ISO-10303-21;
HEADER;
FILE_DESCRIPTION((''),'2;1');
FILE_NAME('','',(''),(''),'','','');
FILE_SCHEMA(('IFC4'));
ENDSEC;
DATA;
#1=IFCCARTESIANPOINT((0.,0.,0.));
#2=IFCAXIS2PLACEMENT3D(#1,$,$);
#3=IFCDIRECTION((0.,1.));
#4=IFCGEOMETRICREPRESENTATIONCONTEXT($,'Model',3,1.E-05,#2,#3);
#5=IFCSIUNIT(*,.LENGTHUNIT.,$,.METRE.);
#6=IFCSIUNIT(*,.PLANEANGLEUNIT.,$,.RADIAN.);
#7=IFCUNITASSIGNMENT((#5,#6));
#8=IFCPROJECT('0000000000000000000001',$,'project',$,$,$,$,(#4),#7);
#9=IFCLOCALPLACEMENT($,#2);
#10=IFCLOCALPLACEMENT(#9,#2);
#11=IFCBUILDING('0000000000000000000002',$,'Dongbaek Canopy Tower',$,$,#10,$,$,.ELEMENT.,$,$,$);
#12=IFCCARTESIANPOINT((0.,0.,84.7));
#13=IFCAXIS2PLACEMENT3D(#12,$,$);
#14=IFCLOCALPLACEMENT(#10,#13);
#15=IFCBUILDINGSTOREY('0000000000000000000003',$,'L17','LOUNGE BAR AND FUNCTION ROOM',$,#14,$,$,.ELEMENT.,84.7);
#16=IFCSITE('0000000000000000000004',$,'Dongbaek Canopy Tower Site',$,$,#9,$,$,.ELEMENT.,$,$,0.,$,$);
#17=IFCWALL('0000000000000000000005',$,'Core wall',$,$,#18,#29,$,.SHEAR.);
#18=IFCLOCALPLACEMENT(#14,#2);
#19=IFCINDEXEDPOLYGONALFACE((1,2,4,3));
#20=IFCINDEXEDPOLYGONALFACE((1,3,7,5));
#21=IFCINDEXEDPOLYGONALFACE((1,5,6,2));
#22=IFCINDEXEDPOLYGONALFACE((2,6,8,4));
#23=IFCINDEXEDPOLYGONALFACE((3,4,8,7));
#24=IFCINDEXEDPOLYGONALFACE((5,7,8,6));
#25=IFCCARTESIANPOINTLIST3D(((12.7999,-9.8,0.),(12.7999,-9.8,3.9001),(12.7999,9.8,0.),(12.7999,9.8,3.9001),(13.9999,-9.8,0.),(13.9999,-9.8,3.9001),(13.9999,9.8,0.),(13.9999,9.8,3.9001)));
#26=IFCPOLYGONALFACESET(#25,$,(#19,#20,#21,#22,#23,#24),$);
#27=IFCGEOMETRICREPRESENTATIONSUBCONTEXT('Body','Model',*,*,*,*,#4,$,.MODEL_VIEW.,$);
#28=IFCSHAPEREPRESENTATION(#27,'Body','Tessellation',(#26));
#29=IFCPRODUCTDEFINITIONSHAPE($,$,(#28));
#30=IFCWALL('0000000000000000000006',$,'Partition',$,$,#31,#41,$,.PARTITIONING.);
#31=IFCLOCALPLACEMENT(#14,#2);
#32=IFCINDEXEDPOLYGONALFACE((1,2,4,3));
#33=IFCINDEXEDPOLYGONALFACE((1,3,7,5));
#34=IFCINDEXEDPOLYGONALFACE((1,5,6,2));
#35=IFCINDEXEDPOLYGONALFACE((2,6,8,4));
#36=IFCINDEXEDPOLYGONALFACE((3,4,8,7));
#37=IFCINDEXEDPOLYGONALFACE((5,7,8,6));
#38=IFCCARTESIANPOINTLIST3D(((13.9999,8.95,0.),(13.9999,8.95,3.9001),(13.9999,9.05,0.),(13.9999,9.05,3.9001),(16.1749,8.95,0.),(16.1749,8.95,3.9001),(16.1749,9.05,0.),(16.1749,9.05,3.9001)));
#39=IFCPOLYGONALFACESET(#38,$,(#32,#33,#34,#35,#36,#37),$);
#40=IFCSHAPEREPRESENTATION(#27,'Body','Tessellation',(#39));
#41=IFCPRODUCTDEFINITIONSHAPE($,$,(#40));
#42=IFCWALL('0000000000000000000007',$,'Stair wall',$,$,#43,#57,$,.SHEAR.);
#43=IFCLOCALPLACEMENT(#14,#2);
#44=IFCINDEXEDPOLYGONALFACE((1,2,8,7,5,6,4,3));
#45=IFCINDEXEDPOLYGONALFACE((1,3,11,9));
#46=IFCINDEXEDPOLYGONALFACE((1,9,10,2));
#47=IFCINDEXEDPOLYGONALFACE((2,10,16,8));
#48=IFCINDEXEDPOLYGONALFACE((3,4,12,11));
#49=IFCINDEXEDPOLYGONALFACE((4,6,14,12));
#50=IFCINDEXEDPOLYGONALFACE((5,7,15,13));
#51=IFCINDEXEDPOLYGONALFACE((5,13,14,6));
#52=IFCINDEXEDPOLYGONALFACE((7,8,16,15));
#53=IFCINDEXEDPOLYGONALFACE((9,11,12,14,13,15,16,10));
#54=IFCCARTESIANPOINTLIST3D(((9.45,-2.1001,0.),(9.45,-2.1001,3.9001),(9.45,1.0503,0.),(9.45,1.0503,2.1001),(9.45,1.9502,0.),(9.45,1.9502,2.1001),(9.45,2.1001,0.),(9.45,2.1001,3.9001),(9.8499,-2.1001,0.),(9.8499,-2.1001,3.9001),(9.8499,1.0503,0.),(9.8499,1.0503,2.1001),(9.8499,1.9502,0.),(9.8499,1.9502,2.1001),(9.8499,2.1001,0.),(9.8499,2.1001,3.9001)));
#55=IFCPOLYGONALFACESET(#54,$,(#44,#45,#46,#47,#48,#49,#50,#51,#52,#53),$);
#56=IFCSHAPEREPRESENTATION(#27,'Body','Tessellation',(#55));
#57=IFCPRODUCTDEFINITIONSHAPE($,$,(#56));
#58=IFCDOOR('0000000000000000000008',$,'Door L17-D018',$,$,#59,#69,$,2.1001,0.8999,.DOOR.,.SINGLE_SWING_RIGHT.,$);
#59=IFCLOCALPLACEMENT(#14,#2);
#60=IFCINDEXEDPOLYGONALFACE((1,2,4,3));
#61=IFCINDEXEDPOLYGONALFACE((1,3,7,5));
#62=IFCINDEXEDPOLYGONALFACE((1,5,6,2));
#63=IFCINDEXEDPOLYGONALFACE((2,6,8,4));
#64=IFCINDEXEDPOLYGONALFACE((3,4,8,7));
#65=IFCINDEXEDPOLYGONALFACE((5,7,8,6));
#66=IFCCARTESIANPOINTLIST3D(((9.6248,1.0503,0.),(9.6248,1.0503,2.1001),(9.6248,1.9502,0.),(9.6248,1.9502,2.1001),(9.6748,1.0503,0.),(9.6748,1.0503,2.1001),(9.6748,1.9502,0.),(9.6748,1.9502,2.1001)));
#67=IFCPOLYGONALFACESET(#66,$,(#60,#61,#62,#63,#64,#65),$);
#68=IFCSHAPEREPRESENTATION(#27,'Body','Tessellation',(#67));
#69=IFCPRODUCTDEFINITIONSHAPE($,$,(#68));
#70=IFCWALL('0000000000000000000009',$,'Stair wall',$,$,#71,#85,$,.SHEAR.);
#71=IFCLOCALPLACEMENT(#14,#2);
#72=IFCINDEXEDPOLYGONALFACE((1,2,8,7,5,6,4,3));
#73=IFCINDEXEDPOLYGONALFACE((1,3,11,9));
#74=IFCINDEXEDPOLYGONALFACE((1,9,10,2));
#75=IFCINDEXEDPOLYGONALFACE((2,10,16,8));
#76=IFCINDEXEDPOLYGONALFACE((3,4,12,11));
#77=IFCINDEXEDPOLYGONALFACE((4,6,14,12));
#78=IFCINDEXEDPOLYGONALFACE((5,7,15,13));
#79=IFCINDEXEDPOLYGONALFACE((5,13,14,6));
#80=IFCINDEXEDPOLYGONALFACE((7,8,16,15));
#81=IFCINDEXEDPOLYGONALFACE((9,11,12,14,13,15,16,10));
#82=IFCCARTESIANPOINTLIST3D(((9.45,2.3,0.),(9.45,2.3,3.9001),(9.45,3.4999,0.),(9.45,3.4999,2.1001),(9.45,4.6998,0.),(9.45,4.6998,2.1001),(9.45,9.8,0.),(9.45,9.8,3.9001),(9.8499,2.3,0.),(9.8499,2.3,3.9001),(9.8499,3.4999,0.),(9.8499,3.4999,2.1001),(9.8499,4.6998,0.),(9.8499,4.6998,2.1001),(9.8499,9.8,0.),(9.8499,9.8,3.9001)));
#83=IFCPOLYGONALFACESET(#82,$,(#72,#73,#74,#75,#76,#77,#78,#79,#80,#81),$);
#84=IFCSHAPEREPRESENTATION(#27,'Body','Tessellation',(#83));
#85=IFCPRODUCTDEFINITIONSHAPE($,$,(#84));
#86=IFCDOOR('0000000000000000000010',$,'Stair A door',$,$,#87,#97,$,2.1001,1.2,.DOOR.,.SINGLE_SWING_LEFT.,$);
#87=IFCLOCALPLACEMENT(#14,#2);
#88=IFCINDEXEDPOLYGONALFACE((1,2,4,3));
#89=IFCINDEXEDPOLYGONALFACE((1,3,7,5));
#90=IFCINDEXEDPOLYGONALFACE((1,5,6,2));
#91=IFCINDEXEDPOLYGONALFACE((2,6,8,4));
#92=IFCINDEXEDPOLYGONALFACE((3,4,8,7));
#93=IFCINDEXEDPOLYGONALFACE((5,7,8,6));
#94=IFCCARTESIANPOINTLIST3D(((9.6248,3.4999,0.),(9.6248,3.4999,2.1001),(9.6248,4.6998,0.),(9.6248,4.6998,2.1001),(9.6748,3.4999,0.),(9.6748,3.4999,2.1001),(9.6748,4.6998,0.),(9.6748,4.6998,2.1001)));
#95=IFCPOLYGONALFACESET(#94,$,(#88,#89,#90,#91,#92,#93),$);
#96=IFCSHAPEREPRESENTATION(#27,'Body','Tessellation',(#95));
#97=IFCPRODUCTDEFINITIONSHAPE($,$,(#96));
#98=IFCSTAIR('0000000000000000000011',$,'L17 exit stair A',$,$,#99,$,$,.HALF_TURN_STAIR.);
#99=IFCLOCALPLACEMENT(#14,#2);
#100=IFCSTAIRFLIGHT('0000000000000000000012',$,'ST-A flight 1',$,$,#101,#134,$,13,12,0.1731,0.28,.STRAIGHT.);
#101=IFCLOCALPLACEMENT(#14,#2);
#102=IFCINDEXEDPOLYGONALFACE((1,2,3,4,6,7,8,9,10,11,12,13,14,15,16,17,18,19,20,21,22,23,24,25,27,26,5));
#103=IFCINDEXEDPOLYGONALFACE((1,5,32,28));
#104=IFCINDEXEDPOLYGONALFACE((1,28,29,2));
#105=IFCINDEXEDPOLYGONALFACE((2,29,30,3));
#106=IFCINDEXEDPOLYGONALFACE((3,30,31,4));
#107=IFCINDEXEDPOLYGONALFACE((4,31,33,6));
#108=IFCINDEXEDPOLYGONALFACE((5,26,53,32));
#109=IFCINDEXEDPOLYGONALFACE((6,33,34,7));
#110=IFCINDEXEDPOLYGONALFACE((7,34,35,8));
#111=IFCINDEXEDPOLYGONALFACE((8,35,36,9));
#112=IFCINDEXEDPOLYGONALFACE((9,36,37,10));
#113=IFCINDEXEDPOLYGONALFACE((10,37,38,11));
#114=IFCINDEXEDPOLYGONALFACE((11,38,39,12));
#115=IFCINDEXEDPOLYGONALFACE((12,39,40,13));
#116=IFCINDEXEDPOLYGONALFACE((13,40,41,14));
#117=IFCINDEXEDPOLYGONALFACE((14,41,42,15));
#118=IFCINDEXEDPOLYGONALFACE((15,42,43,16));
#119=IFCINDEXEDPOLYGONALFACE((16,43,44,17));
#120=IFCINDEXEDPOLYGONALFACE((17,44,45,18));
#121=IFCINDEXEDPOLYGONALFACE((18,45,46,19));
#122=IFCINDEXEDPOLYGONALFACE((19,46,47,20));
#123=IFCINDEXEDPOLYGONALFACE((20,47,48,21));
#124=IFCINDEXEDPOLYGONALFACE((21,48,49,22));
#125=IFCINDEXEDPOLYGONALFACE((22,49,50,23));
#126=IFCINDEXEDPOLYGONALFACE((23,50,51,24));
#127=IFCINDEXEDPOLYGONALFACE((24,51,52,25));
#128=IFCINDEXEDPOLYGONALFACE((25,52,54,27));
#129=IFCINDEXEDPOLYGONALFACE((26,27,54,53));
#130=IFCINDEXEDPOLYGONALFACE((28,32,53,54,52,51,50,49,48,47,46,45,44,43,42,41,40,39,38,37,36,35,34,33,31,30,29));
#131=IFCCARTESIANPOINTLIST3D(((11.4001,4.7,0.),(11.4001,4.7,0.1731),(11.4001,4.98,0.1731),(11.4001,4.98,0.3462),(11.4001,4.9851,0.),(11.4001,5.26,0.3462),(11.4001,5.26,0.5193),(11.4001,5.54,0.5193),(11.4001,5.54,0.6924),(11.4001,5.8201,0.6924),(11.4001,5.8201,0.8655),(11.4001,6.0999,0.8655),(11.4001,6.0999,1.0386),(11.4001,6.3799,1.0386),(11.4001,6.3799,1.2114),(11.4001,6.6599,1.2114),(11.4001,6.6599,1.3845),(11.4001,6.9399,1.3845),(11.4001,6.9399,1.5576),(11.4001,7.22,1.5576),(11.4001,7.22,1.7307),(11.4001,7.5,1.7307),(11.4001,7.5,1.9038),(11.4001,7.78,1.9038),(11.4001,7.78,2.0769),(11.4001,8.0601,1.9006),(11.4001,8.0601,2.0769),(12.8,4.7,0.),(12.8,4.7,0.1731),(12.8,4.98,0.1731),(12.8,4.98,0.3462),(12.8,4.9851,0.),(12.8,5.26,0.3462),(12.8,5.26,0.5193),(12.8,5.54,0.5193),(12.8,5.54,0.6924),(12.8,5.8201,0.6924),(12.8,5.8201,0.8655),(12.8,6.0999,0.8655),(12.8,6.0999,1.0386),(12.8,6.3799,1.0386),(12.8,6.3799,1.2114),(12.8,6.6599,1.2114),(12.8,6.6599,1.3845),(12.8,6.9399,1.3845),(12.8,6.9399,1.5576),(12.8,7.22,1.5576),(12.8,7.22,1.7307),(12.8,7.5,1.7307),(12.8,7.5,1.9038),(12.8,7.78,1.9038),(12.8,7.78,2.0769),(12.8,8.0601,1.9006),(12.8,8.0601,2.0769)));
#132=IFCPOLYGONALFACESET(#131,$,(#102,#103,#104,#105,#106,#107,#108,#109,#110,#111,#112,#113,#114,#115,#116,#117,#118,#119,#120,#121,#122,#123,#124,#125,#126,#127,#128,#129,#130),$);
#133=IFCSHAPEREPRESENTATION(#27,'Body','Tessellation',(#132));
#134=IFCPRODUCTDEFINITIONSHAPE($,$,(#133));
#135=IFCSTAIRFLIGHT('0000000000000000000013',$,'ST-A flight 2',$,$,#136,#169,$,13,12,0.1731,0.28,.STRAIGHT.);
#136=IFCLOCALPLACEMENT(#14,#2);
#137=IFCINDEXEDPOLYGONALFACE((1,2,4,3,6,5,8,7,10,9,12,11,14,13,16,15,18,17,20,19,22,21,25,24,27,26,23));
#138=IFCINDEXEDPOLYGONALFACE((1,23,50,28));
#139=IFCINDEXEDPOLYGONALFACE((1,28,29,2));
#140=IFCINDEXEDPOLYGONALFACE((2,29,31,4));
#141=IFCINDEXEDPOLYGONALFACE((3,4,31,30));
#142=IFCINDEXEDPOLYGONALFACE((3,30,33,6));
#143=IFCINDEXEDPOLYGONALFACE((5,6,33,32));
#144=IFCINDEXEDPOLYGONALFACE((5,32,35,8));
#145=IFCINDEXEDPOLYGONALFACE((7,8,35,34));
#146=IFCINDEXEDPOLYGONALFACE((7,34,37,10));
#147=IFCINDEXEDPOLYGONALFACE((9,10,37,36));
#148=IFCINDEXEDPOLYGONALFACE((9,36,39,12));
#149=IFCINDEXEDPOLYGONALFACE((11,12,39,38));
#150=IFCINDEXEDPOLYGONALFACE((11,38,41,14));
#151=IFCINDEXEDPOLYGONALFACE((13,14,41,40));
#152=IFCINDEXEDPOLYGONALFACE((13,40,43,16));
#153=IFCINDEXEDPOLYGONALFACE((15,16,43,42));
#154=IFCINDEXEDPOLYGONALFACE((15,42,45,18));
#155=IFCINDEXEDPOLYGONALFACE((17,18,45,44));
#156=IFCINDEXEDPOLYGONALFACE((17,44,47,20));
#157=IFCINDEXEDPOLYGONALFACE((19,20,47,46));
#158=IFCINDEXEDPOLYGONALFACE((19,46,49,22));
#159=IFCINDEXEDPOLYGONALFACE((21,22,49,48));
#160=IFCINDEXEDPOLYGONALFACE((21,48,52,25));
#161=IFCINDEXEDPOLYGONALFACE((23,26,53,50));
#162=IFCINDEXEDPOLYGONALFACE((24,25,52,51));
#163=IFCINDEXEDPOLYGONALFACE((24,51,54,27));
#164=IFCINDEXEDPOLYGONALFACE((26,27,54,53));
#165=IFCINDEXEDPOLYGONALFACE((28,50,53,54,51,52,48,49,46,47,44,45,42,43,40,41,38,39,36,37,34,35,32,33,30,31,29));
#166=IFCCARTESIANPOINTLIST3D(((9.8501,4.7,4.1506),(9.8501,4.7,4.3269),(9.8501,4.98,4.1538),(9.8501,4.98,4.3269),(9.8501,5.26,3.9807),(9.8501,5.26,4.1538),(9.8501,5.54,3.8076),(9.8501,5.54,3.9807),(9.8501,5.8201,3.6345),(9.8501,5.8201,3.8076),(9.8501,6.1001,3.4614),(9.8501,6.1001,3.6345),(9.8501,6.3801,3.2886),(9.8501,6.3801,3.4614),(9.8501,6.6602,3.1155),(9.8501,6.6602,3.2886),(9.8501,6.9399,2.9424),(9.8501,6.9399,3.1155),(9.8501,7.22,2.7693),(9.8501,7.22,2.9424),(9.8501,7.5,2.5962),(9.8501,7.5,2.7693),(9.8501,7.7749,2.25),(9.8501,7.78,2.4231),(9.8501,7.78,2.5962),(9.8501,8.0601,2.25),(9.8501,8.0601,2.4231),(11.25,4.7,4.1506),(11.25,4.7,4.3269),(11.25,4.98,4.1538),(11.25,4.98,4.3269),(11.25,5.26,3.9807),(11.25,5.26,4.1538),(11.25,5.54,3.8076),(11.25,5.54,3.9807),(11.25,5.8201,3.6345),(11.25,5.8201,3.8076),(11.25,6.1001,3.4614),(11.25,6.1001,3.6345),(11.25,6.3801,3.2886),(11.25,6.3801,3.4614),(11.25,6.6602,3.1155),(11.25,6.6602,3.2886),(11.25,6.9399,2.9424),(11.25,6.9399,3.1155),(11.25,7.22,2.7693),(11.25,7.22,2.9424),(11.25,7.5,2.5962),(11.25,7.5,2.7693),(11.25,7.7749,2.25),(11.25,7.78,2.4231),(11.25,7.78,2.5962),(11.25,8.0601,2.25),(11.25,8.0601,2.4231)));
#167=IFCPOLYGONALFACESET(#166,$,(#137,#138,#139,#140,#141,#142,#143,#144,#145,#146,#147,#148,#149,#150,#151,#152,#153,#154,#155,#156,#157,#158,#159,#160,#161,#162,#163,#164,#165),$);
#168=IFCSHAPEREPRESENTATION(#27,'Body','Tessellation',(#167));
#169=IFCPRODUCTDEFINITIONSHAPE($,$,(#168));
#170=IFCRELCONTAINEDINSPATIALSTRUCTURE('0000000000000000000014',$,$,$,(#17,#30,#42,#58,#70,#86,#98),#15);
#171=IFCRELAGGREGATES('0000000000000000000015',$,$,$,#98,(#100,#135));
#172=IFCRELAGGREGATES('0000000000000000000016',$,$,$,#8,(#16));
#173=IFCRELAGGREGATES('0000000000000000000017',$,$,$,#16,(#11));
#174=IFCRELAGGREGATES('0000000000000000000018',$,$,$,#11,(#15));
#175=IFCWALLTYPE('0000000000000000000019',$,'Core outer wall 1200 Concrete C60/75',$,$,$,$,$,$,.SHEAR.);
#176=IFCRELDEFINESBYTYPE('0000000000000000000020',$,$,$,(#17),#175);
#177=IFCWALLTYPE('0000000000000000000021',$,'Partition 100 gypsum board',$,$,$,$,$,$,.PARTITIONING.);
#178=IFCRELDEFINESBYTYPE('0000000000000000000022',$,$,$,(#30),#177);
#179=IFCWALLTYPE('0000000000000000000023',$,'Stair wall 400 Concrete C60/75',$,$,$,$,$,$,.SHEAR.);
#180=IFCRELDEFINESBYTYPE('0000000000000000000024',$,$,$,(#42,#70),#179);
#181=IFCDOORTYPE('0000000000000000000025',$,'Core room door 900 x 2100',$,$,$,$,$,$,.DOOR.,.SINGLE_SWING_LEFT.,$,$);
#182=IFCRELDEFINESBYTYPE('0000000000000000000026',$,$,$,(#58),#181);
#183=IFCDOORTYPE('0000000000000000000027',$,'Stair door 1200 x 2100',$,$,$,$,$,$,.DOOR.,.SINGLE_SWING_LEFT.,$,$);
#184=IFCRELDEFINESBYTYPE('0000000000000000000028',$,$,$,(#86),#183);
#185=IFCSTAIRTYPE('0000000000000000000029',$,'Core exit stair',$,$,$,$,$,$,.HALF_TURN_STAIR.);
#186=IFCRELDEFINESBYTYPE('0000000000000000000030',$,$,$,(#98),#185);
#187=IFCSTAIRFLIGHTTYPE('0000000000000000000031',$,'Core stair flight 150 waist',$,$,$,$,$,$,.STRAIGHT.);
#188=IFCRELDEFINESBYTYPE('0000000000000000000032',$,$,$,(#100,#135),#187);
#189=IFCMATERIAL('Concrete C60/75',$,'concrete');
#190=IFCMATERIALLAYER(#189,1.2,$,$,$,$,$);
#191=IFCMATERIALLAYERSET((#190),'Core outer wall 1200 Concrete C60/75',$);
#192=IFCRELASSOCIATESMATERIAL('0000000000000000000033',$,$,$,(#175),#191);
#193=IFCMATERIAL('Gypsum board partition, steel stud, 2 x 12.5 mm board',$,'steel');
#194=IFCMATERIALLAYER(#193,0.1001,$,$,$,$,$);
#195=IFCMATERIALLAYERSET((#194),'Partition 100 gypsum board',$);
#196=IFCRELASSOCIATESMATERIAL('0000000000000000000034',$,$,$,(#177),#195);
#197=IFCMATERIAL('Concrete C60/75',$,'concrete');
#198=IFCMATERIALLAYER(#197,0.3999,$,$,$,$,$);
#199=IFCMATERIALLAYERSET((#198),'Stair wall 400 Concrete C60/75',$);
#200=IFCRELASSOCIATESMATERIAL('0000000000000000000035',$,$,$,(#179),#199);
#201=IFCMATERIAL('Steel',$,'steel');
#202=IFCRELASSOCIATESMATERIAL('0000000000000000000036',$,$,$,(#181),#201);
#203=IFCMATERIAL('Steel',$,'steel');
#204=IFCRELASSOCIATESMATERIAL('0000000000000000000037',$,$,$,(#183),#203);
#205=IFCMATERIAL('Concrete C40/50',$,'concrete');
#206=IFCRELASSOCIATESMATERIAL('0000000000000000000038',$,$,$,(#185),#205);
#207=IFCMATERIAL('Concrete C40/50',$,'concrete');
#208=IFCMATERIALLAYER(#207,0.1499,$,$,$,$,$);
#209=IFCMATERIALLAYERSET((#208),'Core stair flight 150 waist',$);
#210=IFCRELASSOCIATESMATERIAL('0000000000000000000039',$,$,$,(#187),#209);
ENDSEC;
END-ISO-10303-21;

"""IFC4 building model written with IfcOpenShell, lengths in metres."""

from ifc_helpers import new_model, si_unit, direction, frame, frame_2d, origin, place, context, subcontext, project, spatial, polyline, rectangle, outline, extrude, material, layer, layer_set, type_object, element, fill, aggregate, save


model = new_model("IFC4")

# Units and contexts
model_context = context("Model", 3, precision=1e-05, world=origin(), true_north=direction((0.0, 1.0)))
body_context = subcontext(model_context, "Body", "Model", "MODEL_VIEW")
ifc_project = project(units=[si_unit("LENGTHUNIT", "METRE"), si_unit("PLANEANGLEUNIT", "RADIAN")], contexts=[model_context])

# Site, building, storey
site_placement = place(None, origin())
site = spatial("IfcSite", under=ifc_project, at=site_placement, Name="Dongbaek Canopy Tower Site", CompositionType="ELEMENT", RefElevation=0.0)
building_placement = place(site_placement, origin())
building = spatial("IfcBuilding", under=site, at=building_placement, Name="Dongbaek Canopy Tower", CompositionType="ELEMENT")
storey_placement = place(building_placement, frame((0.0, 0.0, 84.7)))
storey = spatial("IfcBuildingStorey", under=building, at=storey_placement, Name="L17", Description="LOUNGE BAR AND FUNCTION ROOM", CompositionType="ELEMENT", Elevation=84.7)

# Walls
ifc_material_1 = material(Name="Concrete C60/75", Category="concrete")
ifc_layer_1 = layer(ifc_material_1, 1.2)
ifc_layer_set_1 = layer_set([ifc_layer_1], Name="Core outer wall 1200 Concrete C60/75")
wall_type_1 = type_object("IfcWallType", Name="Core outer wall 1200 Concrete C60/75", PredefinedType="SHEAR", material=ifc_layer_set_1)
wall_1_placement = place(storey_placement, frame((13.3999, 9.8, 0.0), z_axis=(0.0, 0.0, 1.0), x_axis=(0.0, -1.0, 0.0)))
element("IfcWall", 1, at=wall_1_placement, inside=storey, type_object=wall_type_1, Name="Core wall", PredefinedType="SHEAR", context=body_context, shape_type="SweptSolid", body=[
    extrude(rectangle(XDim=19.6001, YDim=1.2, at=frame_2d((9.8, 0.0))), origin(), (0.0, 0.0, 1.0), 3.9001),
])
ifc_material_2 = material(Name="Gypsum board partition, steel stud, 2 x 12.5 mm board", Category="steel")
ifc_layer_2 = layer(ifc_material_2, 0.1001)
ifc_layer_set_2 = layer_set([ifc_layer_2], Name="Partition 100 gypsum board")
wall_type_2 = type_object("IfcWallType", Name="Partition 100 gypsum board", PredefinedType="PARTITIONING", material=ifc_layer_set_2)
wall_2_placement = place(storey_placement, frame((14.0, 9.0, 0.0), z_axis=(0.0, 0.0, 1.0), x_axis=(1.0, 0.0, 0.0)))
element("IfcWall", 2, at=wall_2_placement, inside=storey, type_object=wall_type_2, Name="Partition", PredefinedType="PARTITIONING", context=body_context, shape_type="SweptSolid", body=[
    extrude(rectangle(XDim=2.175, YDim=0.1001, at=frame_2d((1.0874, 0.0))), origin(), (0.0, 0.0, 1.0), 3.9001),
])

# Walls, openings, doors
ifc_material_3 = material(Name="Concrete C60/75", Category="concrete")
ifc_layer_3 = layer(ifc_material_3, 0.3999)
ifc_layer_set_3 = layer_set([ifc_layer_3], Name="Stair wall 400 Concrete C60/75")
wall_type_3 = type_object("IfcWallType", Name="Stair wall 400 Concrete C60/75", PredefinedType="SHEAR", material=ifc_layer_set_3)
wall_3_placement = place(storey_placement, frame((9.6499, 2.1001, 0.0), z_axis=(0.0, 0.0, 1.0), x_axis=(0.0, -1.0, 0.0)))
wall_3 = element("IfcWall", 3, at=wall_3_placement, inside=storey, type_object=wall_type_3, Name="Stair wall", PredefinedType="SHEAR", context=body_context, shape_type="SweptSolid", body=[
    extrude(rectangle(XDim=4.2002, YDim=0.3999, at=frame_2d((2.1001, 0.0))), origin(), (0.0, 0.0, 1.0), 3.9001),
])
opening_1_placement = place(wall_3_placement, frame((0.1499, 0.0, 0.0)))
opening_1 = element("IfcOpeningElement", 4, at=opening_1_placement, cuts=wall_3, PredefinedType="OPENING", context=body_context, shape_type="SweptSolid", body=[
    extrude(rectangle(XDim=0.8999, YDim=2.1001, at=frame_2d((0.45, 1.05))), frame((0.0, 0.21, 0.0), z_axis=(0.0, -1.0, 0.0), x_axis=(1.0, 0.0, 0.0)), (0.0, 0.0, 1.0), 0.4199),
])
ifc_material_4 = material(Name="Steel", Category="steel")
door_type_1 = type_object("IfcDoorType", Name="Core room door 900 x 2100", OperationType="SINGLE_SWING_LEFT", PredefinedType="DOOR", material=ifc_material_4)
door_1_placement = place(opening_1_placement, origin())
door_1 = element("IfcDoor", 5, at=door_1_placement, inside=storey, type_object=door_type_1, Name="Door L17-D018", OperationType="SINGLE_SWING_RIGHT", OverallHeight=2.1001, OverallWidth=0.8999, PredefinedType="DOOR", context=body_context, shape_type="SweptSolid", body=[
    extrude(rectangle(XDim=0.8999, YDim=2.1001, at=frame_2d((0.45, 1.05))), frame((0.0, 0.0249, 0.0), z_axis=(0.0, -1.0, 0.0), x_axis=(1.0, 0.0, 0.0)), (0.0, 0.0, 1.0), 0.05),
])
fill(opening_1, door_1)
wall_4_placement = place(storey_placement, frame((9.6499, 9.8, 0.0), z_axis=(0.0, 0.0, 1.0), x_axis=(0.0, -1.0, 0.0)))
wall_4 = element("IfcWall", 6, at=wall_4_placement, inside=storey, type_object=wall_type_3, Name="Stair wall", PredefinedType="SHEAR", context=body_context, shape_type="SweptSolid", body=[
    extrude(rectangle(XDim=7.5, YDim=0.3999, at=frame_2d((3.75, 0.0))), origin(), (0.0, 0.0, 1.0), 3.9001),
])
opening_2_placement = place(wall_4_placement, frame((5.1001, 0.0, 0.0)))
opening_2 = element("IfcOpeningElement", 7, at=opening_2_placement, cuts=wall_4, PredefinedType="OPENING", context=body_context, shape_type="SweptSolid", body=[
    extrude(rectangle(XDim=1.2, YDim=2.1001, at=frame_2d((0.6001, 1.05))), frame((0.0, 0.21, 0.0), z_axis=(0.0, -1.0, 0.0), x_axis=(1.0, 0.0, 0.0)), (0.0, 0.0, 1.0), 0.4199),
])
ifc_material_5 = material(Name="Steel", Category="steel")
door_type_2 = type_object("IfcDoorType", Name="Stair door 1200 x 2100", OperationType="SINGLE_SWING_LEFT", PredefinedType="DOOR", material=ifc_material_5)
door_2_placement = place(opening_2_placement, origin())
door_2 = element("IfcDoor", 8, at=door_2_placement, inside=storey, type_object=door_type_2, Name="Stair A door", OperationType="SINGLE_SWING_LEFT", OverallHeight=2.1001, OverallWidth=1.2, PredefinedType="DOOR", context=body_context, shape_type="SweptSolid", body=[
    extrude(rectangle(XDim=1.2, YDim=2.1001, at=frame_2d((0.6001, 1.05))), frame((0.0, 0.0249, 0.0), z_axis=(0.0, -1.0, 0.0), x_axis=(1.0, 0.0, 0.0)), (0.0, 0.0, 1.0), 0.05),
])
fill(opening_2, door_2)

# Stair, stair flights
ifc_material_6 = material(Name="Concrete C40/50", Category="concrete")
stair_type = type_object("IfcStairType", Name="Core exit stair", PredefinedType="HALF_TURN_STAIR", material=ifc_material_6)
stair_placement = place(storey_placement, origin())
stair = element("IfcStair", 9, at=stair_placement, inside=storey, type_object=stair_type, Name="L17 exit stair A", PredefinedType="HALF_TURN_STAIR")
ifc_material_7 = material(Name="Concrete C40/50", Category="concrete")
ifc_layer_4 = layer(ifc_material_7, 0.1499)
ifc_layer_set_4 = layer_set([ifc_layer_4], Name="Core stair flight 150 waist")
stair_flight_type = type_object("IfcStairFlightType", Name="Core stair flight 150 waist", PredefinedType="STRAIGHT", material=ifc_layer_set_4)
stair_flight_1_placement = place(storey_placement, frame((12.1001, 4.7, 0.0), z_axis=(0.0, 0.0, 1.0), x_axis=(0.0, 1.0, 0.0)))
stair_flight_1 = element("IfcStairFlight", 10, at=stair_flight_1_placement, type_object=stair_flight_type, Name="ST-A flight 1", NumberOfRisers=13, NumberOfTreads=12, PredefinedType="STRAIGHT", RiserHeight=0.1731, TreadLength=0.28, context=body_context, shape_type="SweptSolid", body=[
    extrude(outline(polyline([(0.0, 0.0), (0.0, 0.1731), (0.28, 0.1731), (0.28, 0.3462), (0.5601, 0.3462), (0.5601, 0.5193), (0.8401, 0.5193), (0.8401, 0.6924), (1.1201, 0.6924), (1.1201, 0.8655), (1.3999, 0.8655), (1.3999, 1.0386), (1.6799, 1.0386), (1.6799, 1.2114), (1.96, 1.2114), (1.96, 1.3845), (2.24, 1.3845), (2.24, 1.5576), (2.52, 1.5576), (2.52, 1.7307), (2.8, 1.7307), (2.8, 1.9038), (3.0801, 1.9038), (3.0801, 2.0769), (3.3601, 2.0769), (3.3601, 2.25), (3.3601, 1.9006), (0.2852, 0.0), (0.0, 0.0)])), frame((0.0, 0.7, 0.0), z_axis=(0.0, -1.0, 0.0), x_axis=(1.0, 0.0, 0.0)), (0.0, 0.0, 1.0), 1.3999),
])
stair_flight_2_placement = place(storey_placement, frame((10.55, 8.0601, 2.25), z_axis=(0.0, 0.0, 1.0), x_axis=(0.0, -1.0, 0.0)))
stair_flight_2 = element("IfcStairFlight", 11, at=stair_flight_2_placement, type_object=stair_flight_type, Name="ST-A flight 2", NumberOfRisers=13, NumberOfTreads=12, PredefinedType="STRAIGHT", RiserHeight=0.1731, TreadLength=0.28, context=body_context, shape_type="SweptSolid", body=[
    extrude(outline(polyline([(0.0, 0.0), (0.0, 0.1731), (0.28, 0.1731), (0.28, 0.3462), (0.5601, 0.3462), (0.5601, 0.5193), (0.8401, 0.5193), (0.8401, 0.6924), (1.1201, 0.6924), (1.1201, 0.8655), (1.3999, 0.8655), (1.3999, 1.0386), (1.6799, 1.0386), (1.6799, 1.2114), (1.96, 1.2114), (1.96, 1.3845), (2.24, 1.3845), (2.24, 1.5576), (2.52, 1.5576), (2.52, 1.7307), (2.8, 1.7307), (2.8, 1.9038), (3.0801, 1.9038), (3.0801, 2.0769), (3.3601, 2.0769), (3.3601, 2.25), (3.3601, 1.9006), (0.2852, 0.0), (0.0, 0.0)])), frame((0.0, 0.7, 0.0), z_axis=(0.0, -1.0, 0.0), x_axis=(1.0, 0.0, 0.0)), (0.0, 0.0, 1.0), 1.3999),
])
aggregate(stair, [stair_flight_1, stair_flight_2])

save(model, "model.ifc")
